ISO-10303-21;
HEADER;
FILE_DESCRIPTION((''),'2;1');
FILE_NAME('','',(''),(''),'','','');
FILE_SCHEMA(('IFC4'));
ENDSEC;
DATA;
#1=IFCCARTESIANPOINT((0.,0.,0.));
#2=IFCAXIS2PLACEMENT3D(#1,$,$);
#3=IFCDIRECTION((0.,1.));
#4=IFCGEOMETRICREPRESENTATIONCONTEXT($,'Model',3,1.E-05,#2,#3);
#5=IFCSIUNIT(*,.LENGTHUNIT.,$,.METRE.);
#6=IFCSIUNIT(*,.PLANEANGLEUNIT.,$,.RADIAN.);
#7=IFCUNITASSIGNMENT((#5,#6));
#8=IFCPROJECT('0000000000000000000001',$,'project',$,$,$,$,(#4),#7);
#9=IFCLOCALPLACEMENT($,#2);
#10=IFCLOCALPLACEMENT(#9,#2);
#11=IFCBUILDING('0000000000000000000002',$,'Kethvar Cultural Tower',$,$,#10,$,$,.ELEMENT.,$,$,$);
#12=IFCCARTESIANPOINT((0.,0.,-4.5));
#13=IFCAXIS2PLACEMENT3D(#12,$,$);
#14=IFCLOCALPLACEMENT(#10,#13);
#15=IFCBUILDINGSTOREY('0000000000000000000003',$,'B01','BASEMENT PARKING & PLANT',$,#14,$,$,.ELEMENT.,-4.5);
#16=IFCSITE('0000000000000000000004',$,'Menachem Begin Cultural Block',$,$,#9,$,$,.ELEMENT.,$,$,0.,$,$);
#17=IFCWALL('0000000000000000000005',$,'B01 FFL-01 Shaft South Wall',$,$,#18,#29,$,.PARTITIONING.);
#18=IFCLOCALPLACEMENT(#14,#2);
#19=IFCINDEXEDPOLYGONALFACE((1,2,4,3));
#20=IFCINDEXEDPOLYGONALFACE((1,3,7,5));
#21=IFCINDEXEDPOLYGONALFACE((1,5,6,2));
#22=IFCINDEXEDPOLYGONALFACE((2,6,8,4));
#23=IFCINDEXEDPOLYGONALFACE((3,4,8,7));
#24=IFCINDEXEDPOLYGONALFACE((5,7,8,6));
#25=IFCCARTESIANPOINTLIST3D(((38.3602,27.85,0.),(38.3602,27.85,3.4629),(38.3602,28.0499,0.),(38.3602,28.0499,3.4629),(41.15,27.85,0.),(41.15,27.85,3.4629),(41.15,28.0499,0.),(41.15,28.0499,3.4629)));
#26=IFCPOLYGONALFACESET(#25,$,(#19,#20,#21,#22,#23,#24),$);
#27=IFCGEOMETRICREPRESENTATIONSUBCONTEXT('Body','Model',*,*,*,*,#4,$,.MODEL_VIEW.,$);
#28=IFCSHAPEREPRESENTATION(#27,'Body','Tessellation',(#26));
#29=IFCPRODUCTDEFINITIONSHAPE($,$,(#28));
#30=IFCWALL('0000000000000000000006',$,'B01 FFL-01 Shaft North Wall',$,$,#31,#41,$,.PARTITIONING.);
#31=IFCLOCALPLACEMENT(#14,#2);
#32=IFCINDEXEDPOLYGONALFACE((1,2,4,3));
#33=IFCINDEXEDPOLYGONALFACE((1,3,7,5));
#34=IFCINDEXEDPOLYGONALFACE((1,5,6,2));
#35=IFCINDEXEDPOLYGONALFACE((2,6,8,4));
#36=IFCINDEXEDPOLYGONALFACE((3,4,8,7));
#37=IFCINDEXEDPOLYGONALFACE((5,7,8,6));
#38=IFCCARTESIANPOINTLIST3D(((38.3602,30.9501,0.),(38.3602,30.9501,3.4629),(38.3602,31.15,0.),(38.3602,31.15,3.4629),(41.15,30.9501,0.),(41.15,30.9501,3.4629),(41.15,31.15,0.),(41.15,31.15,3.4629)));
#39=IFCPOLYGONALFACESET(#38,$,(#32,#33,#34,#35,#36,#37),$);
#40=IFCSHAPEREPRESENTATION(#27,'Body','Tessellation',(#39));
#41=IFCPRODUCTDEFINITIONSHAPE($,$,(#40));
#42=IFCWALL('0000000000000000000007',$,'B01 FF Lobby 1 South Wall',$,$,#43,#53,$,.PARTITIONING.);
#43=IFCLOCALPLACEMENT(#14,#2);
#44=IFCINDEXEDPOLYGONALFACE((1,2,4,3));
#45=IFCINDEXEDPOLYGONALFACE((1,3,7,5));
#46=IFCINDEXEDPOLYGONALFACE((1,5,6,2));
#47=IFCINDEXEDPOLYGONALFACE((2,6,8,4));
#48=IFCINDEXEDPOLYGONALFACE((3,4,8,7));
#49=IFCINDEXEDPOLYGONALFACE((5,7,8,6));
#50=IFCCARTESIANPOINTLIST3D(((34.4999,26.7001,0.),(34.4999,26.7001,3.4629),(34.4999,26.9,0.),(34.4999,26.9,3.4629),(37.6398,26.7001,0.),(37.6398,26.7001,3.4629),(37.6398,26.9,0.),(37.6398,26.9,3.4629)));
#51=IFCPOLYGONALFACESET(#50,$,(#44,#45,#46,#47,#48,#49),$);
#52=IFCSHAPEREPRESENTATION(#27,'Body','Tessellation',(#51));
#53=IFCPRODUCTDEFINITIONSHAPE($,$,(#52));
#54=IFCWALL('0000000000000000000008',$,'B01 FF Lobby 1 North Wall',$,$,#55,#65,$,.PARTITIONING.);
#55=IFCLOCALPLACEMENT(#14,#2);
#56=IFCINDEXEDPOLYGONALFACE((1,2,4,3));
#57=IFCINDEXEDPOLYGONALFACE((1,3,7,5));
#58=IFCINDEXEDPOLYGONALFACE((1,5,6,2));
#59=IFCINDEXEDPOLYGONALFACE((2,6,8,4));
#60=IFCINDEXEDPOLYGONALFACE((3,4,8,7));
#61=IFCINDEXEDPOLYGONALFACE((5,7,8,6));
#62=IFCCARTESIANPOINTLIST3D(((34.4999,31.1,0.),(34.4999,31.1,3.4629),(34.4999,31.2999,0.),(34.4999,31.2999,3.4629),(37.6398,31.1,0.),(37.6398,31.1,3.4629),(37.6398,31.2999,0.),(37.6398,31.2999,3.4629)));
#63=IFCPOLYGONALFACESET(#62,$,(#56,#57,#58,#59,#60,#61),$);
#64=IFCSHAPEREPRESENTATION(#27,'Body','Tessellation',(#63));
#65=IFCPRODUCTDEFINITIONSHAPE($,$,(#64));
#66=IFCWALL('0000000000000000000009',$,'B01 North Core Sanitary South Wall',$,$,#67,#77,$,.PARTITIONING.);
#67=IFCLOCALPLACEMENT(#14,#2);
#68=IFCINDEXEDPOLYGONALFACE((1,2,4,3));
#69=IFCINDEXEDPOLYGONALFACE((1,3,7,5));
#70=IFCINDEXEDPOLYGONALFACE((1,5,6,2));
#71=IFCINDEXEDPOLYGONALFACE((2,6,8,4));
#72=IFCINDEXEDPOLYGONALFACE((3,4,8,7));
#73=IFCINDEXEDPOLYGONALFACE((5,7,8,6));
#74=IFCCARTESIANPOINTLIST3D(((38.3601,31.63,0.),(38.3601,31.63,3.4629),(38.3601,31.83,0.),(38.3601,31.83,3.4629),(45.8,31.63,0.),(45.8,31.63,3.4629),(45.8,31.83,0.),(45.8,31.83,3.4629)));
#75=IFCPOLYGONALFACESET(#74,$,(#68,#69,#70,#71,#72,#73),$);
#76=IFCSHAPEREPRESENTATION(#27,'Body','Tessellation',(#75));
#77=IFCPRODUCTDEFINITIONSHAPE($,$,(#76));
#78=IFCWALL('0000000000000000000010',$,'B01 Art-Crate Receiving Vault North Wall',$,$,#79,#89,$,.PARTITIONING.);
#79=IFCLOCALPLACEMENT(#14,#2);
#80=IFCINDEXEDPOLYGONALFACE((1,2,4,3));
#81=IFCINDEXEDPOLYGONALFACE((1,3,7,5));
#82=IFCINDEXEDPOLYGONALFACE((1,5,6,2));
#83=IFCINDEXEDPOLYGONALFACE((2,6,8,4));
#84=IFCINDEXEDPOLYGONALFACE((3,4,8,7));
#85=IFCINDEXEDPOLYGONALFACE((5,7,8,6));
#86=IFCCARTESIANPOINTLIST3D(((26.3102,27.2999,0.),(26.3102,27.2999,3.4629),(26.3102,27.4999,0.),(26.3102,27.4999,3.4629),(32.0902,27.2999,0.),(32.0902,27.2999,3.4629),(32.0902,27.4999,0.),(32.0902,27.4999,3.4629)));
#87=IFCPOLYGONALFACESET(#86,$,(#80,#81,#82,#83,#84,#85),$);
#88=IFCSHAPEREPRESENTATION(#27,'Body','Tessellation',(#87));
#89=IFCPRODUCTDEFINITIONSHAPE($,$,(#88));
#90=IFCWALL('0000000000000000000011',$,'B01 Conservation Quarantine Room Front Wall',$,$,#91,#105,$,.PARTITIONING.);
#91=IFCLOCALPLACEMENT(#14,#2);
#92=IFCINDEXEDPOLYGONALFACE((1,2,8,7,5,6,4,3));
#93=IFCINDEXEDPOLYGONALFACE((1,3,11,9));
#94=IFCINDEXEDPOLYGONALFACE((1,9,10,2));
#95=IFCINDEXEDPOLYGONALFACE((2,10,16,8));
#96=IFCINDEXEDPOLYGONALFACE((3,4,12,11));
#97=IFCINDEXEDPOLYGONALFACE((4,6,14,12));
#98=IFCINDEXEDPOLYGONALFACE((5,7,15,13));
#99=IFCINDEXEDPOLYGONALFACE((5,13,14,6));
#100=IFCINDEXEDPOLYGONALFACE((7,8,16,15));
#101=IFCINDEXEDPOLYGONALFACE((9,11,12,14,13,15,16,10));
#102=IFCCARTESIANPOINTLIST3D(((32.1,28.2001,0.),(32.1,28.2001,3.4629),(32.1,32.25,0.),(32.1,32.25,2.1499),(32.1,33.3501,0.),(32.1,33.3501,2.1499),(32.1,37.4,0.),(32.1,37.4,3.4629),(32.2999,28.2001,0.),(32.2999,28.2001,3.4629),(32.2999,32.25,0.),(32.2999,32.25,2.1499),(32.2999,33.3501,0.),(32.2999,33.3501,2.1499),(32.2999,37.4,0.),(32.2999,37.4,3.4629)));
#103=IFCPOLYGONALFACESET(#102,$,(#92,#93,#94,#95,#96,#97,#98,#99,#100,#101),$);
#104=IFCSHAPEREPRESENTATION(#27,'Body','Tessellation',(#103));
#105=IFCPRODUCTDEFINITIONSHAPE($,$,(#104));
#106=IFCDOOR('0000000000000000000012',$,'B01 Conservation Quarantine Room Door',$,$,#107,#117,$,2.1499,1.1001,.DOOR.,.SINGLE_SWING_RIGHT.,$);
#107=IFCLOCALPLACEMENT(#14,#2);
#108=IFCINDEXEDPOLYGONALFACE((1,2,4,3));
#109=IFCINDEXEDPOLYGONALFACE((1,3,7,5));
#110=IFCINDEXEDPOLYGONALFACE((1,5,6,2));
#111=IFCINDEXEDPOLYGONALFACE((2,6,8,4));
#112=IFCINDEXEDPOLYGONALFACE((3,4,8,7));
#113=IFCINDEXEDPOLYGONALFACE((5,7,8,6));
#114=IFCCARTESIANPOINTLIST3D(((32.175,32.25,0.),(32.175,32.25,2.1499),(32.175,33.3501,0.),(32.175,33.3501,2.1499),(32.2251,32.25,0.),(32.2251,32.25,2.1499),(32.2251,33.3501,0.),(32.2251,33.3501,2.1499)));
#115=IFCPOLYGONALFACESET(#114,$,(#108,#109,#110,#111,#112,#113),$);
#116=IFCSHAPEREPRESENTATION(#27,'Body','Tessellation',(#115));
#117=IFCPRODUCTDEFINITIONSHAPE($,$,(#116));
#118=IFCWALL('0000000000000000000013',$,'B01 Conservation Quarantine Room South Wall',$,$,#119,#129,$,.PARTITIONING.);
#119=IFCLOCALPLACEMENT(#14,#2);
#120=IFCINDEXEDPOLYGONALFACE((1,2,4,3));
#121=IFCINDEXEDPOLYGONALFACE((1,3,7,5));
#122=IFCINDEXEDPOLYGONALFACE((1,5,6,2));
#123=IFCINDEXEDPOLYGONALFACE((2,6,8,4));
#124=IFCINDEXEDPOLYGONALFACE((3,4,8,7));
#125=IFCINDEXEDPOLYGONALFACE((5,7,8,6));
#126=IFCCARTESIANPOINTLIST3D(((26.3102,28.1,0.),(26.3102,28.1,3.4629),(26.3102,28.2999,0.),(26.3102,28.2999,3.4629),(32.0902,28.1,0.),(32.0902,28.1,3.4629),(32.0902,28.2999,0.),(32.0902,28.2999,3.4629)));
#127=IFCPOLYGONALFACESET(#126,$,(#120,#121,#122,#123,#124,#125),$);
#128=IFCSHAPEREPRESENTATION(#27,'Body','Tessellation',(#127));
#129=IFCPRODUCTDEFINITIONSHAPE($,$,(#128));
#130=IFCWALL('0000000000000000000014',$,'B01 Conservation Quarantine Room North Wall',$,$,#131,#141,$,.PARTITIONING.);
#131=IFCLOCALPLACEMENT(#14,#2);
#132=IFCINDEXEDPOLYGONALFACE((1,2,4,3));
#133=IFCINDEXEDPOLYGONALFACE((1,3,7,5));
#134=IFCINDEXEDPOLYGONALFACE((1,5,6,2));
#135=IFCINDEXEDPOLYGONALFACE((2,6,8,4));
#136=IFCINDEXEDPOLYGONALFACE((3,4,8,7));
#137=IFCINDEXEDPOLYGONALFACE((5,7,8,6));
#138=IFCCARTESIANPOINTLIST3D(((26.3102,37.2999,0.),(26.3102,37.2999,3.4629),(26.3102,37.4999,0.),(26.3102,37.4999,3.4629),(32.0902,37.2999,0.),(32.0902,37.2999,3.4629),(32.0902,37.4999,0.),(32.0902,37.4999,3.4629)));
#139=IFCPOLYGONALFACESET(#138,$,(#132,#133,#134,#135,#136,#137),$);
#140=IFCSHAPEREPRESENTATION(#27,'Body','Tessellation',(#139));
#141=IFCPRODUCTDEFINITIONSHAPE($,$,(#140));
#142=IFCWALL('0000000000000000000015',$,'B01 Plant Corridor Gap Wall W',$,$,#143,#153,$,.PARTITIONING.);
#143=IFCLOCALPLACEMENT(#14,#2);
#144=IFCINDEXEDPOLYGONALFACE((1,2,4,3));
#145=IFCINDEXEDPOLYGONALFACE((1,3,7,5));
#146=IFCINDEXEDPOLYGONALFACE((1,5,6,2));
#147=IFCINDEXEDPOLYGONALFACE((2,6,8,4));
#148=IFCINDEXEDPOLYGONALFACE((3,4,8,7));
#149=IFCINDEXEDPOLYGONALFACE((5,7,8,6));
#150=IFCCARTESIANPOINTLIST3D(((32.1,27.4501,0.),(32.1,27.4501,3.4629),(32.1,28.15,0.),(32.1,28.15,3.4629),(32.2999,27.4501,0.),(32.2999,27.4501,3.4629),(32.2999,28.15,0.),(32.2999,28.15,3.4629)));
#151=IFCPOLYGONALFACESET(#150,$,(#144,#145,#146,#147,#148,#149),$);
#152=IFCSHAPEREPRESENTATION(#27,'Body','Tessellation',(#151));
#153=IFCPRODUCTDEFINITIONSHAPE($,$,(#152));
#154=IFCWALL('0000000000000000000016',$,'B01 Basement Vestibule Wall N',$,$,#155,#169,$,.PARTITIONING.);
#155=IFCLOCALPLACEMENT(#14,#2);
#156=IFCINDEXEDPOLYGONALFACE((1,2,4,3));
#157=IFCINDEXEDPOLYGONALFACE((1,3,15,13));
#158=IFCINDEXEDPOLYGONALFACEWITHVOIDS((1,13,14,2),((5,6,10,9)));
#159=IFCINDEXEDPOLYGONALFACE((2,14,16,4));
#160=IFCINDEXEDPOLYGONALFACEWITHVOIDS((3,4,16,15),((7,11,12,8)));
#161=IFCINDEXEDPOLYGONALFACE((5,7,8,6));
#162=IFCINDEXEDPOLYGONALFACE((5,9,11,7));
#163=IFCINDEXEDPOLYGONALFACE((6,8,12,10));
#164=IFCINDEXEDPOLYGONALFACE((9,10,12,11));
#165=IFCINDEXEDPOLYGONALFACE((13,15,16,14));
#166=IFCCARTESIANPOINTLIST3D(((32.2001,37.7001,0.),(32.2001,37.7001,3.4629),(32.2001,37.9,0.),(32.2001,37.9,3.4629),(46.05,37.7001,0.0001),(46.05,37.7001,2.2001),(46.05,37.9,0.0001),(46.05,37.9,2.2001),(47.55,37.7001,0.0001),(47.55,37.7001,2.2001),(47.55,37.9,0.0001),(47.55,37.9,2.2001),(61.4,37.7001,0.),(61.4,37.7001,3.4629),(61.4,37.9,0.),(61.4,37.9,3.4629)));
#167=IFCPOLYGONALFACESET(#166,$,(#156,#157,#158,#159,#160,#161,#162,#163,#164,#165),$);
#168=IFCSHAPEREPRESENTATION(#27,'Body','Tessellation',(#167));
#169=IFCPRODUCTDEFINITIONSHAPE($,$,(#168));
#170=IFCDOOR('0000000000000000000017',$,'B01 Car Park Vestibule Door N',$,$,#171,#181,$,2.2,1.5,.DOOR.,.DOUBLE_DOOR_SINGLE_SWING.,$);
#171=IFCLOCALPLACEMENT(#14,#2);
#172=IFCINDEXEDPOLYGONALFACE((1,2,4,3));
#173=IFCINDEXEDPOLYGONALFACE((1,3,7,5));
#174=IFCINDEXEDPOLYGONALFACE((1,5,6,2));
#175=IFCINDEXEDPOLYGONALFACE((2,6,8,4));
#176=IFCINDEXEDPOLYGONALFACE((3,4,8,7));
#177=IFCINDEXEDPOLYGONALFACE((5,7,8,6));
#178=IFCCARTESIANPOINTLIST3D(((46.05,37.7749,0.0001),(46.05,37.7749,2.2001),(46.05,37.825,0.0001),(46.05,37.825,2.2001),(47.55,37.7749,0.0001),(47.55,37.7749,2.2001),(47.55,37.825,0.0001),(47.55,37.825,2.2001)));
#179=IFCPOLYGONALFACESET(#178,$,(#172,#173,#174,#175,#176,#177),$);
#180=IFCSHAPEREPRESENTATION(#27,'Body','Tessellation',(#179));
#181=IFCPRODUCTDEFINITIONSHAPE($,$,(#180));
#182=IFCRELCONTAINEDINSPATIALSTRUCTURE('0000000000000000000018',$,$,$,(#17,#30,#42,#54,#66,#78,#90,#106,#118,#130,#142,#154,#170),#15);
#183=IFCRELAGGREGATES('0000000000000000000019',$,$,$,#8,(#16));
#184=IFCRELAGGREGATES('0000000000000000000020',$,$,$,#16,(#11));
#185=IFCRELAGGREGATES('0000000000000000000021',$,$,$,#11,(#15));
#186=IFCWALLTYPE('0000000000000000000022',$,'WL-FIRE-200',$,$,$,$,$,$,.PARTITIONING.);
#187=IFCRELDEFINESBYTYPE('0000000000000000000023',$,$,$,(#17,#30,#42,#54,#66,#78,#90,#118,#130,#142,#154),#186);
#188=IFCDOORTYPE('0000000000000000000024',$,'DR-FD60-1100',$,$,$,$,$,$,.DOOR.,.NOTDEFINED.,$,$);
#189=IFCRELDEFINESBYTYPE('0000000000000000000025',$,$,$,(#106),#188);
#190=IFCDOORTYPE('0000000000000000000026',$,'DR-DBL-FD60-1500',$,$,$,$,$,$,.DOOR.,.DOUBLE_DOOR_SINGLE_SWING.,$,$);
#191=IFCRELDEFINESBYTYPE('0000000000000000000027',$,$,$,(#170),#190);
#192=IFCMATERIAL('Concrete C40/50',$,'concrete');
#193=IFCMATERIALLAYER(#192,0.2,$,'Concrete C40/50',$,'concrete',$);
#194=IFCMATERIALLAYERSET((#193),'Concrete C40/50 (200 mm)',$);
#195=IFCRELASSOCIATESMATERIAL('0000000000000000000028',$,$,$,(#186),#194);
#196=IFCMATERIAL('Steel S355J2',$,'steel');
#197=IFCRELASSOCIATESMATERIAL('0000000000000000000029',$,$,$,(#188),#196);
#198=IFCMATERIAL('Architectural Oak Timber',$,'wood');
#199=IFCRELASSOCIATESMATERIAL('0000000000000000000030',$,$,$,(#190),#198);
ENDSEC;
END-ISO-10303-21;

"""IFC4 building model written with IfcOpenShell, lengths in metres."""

from ifc_helpers import new_model, si_unit, direction, frame, frame_2d, origin, place, context, subcontext, project, spatial, rectangle, extrude, source, transform, mapped, material, layer, layer_set, type_object, element, fill, save


model = new_model("IFC4")

# Units and contexts
model_context = context("Model", 3, precision=1e-05, world=origin(), true_north=direction((0.0, 1.0)))
body_context = subcontext(model_context, "Body", "Model", "MODEL_VIEW")
ifc_project = project(units=[si_unit("LENGTHUNIT", "METRE"), si_unit("PLANEANGLEUNIT", "RADIAN")], contexts=[model_context])

# Site, building, storey
site_placement = place(None, origin())
site = spatial("IfcSite", under=ifc_project, at=site_placement, Name="Menachem Begin Cultural Block", CompositionType="ELEMENT", RefElevation=0.0)
building_placement = place(site_placement, origin())
building = spatial("IfcBuilding", under=site, at=building_placement, Name="Kethvar Cultural Tower", CompositionType="ELEMENT")
storey_placement = place(building_placement, frame((0.0, 0.0, -4.5)))
storey = spatial("IfcBuildingStorey", under=building, at=storey_placement, Name="B01", Description="BASEMENT PARKING & PLANT", CompositionType="ELEMENT", Elevation=-4.5)

# Shared definitions
ifc_material_1 = material(Name="Steel S355J2", Category="steel")

# Walls
ifc_material_2 = material(Name="Concrete C40/50", Category="concrete")
ifc_layer_1 = layer(ifc_material_2, 0.2, Name="Concrete C40/50", Category="concrete")
ifc_layer_set_1 = layer_set([ifc_layer_1], Name="Concrete C40/50 (200 mm)")
wall_type_1 = type_object("IfcWallType", Name="WL-FIRE-200", PredefinedType="PARTITIONING", material=ifc_layer_set_1)
for number, where, z_axis, x_axis, name in (
    (1, (38.3601, 27.95, 0.0), (0.0, 0.0, 1.0), (1.0, 0.0, 0.0), "B01 FFL-01 Shaft South Wall"),
    (2, (38.3601, 31.05, 0.0), (0.0, 0.0, 1.0), (1.0, 0.0, 0.0), "B01 FFL-01 Shaft North Wall"),
):
    element("IfcWall", number, at=place(storey_placement, frame(where, z_axis=z_axis, x_axis=x_axis)), inside=storey, type_object=wall_type_1, Name=name, PredefinedType="PARTITIONING", context=body_context, shape_type="SweptSolid", body=[
        extrude(rectangle(XDim=2.7898, YDim=0.2, at=frame_2d((1.395, 0.0))), origin(), (0.0, 0.0, 1.0), 3.4629),
    ])

# Walls
for number, where, z_axis, x_axis, name in (
    (3, (34.5, 26.8, 0.0), (0.0, 0.0, 1.0), (1.0, 0.0, 0.0), "B01 FF Lobby 1 South Wall"),
    (4, (34.5, 31.2, 0.0), (0.0, 0.0, 1.0), (1.0, 0.0, 0.0), "B01 FF Lobby 1 North Wall"),
):
    element("IfcWall", number, at=place(storey_placement, frame(where, z_axis=z_axis, x_axis=x_axis)), inside=storey, type_object=wall_type_1, Name=name, PredefinedType="PARTITIONING", context=body_context, shape_type="SweptSolid", body=[
        extrude(rectangle(XDim=3.1399, YDim=0.2, at=frame_2d((1.5698, 0.0))), origin(), (0.0, 0.0, 1.0), 3.4629),
    ])
wall_1_placement = place(storey_placement, frame((38.3601, 31.73, 0.0), z_axis=(0.0, 0.0, 1.0), x_axis=(1.0, 0.0, 0.0)))
element("IfcWall", 5, at=wall_1_placement, inside=storey, type_object=wall_type_1, Name="B01 North Core Sanitary South Wall", PredefinedType="PARTITIONING", context=body_context, shape_type="SweptSolid", body=[
    extrude(rectangle(XDim=7.4399, YDim=0.2, at=frame_2d((3.72, 0.0))), origin(), (0.0, 0.0, 1.0), 3.4629),
])
wall_2_placement = place(storey_placement, frame((26.3101, 27.3999, 0.0), z_axis=(0.0, 0.0, 1.0), x_axis=(1.0, 0.0, 0.0)))
element("IfcWall", 6, at=wall_2_placement, inside=storey, type_object=wall_type_1, Name="B01 Art-Crate Receiving Vault North Wall", PredefinedType="PARTITIONING", context=body_context, shape_type="SweptSolid", body=[
    extrude(rectangle(XDim=5.78, YDim=0.2, at=frame_2d((2.8901, 0.0))), origin(), (0.0, 0.0, 1.0), 3.4629),
])

# Wall, opening, door
wall_3_placement = place(storey_placement, frame((32.2, 28.2, 0.0), z_axis=(0.0, 0.0, 1.0), x_axis=(0.0, 1.0, 0.0)))
wall_3 = element("IfcWall", 7, at=wall_3_placement, inside=storey, type_object=wall_type_1, Name="B01 Conservation Quarantine Room Front Wall", PredefinedType="PARTITIONING", context=body_context, shape_type="SweptSolid", body=[
    extrude(rectangle(XDim=9.2, YDim=0.2, at=frame_2d((4.6001, 0.0))), origin(), (0.0, 0.0, 1.0), 3.4629),
])
opening_1_placement = place(wall_3_placement, frame((4.05, 0.0, 0.0)))
opening_1 = element("IfcOpeningElement", 8, at=opening_1_placement, cuts=wall_3, PredefinedType="OPENING", context=body_context, shape_type="SweptSolid", body=[
    extrude(rectangle(XDim=1.1001, YDim=2.1499, at=frame_2d((0.55, 1.075))), frame((0.0, 0.1099, 0.0), z_axis=(0.0, -1.0, 0.0), x_axis=(1.0, 0.0, 0.0)), (0.0, 0.0, 1.0), 0.22),
])
door_type_1 = type_object("IfcDoorType", Name="DR-FD60-1100", OperationType="NOTDEFINED", PredefinedType="DOOR", material=ifc_material_1)
shared_shape_1 = source(origin(), body_context, "Body", "SweptSolid", [
    extrude(rectangle(XDim=1.1001, YDim=2.1499, at=frame_2d((0.55, 1.075))), frame((0.0, 0.0249, 0.0), z_axis=(0.0, -1.0, 0.0), x_axis=(1.0, 0.0, 0.0)), (0.0, 0.0, 1.0), 0.05),
])
door_1_placement = place(opening_1_placement, origin())
door_1 = element("IfcDoor", 9, at=door_1_placement, inside=storey, type_object=door_type_1, Name="B01 Conservation Quarantine Room Door", OperationType="SINGLE_SWING_RIGHT", OverallHeight=2.1499, OverallWidth=1.1001, PredefinedType="DOOR", context=body_context, shape_type="MappedRepresentation", body=[
    mapped(shared_shape_1, transform((0.0, 0.0, 0.0), scale=1.0)),
])
fill(opening_1, door_1)

# Walls
for number, where, z_axis, x_axis, name in (
    (10, (26.3101, 28.2, 0.0), (0.0, 0.0, 1.0), (1.0, 0.0, 0.0), "B01 Conservation Quarantine Room South Wall"),
    (11, (26.3101, 37.3999, 0.0), (0.0, 0.0, 1.0), (1.0, 0.0, 0.0), "B01 Conservation Quarantine Room North Wall"),
):
    element("IfcWall", number, at=place(storey_placement, frame(where, z_axis=z_axis, x_axis=x_axis)), inside=storey, type_object=wall_type_1, Name=name, PredefinedType="PARTITIONING", context=body_context, shape_type="SweptSolid", body=[
        extrude(rectangle(XDim=5.78, YDim=0.2, at=frame_2d((2.8901, 0.0))), origin(), (0.0, 0.0, 1.0), 3.4629),
    ])
wall_4_placement = place(storey_placement, frame((32.2, 27.45, 0.0), z_axis=(0.0, 0.0, 1.0), x_axis=(0.0, 1.0, 0.0)))
element("IfcWall", 12, at=wall_4_placement, inside=storey, type_object=wall_type_1, Name="B01 Plant Corridor Gap Wall W", PredefinedType="PARTITIONING", context=body_context, shape_type="SweptSolid", body=[
    extrude(rectangle(XDim=0.7, YDim=0.2, at=frame_2d((0.3501, 0.0))), origin(), (0.0, 0.0, 1.0), 3.4629),
])

# Wall, opening, door
wall_5_placement = place(storey_placement, frame((32.2, 37.8, 0.0), z_axis=(0.0, 0.0, 1.0), x_axis=(1.0, 0.0, 0.0)))
wall_5 = element("IfcWall", 13, at=wall_5_placement, inside=storey, type_object=wall_type_1, Name="B01 Basement Vestibule Wall N", PredefinedType="PARTITIONING", context=body_context, shape_type="SweptSolid", body=[
    extrude(rectangle(XDim=29.2, YDim=0.2, at=frame_2d((14.6001, 0.0))), origin(), (0.0, 0.0, 1.0), 3.4629),
])
opening_2_placement = place(wall_5_placement, frame((13.8501, 0.0, 0.0)))
opening_2 = element("IfcOpeningElement", 14, at=opening_2_placement, cuts=wall_5, PredefinedType="OPENING", context=body_context, shape_type="SweptSolid", body=[
    extrude(rectangle(XDim=1.5, YDim=2.2, at=frame_2d((0.75, 1.1001))), frame((0.0, 0.1099, 0.0), z_axis=(0.0, -1.0, 0.0), x_axis=(1.0, 0.0, 0.0)), (0.0, 0.0, 1.0), 0.22),
])
ifc_material_3 = material(Name="Architectural Oak Timber", Category="wood")
door_type_2 = type_object("IfcDoorType", Name="DR-DBL-FD60-1500", OperationType="DOUBLE_DOOR_SINGLE_SWING", PredefinedType="DOOR", material=ifc_material_3)
shared_shape_2 = source(origin(), body_context, "Body", "SweptSolid", [
    extrude(rectangle(XDim=1.5, YDim=2.2, at=frame_2d((0.75, 1.1001))), frame((0.0, 0.0249, 0.0), z_axis=(0.0, -1.0, 0.0), x_axis=(1.0, 0.0, 0.0)), (0.0, 0.0, 1.0), 0.05),
])
door_2_placement = place(opening_2_placement, origin())
door_2 = element("IfcDoor", 15, at=door_2_placement, inside=storey, type_object=door_type_2, Name="B01 Car Park Vestibule Door N", OperationType="DOUBLE_DOOR_SINGLE_SWING", OverallHeight=2.2, OverallWidth=1.5, PredefinedType="DOOR", context=body_context, shape_type="MappedRepresentation", body=[
    mapped(shared_shape_2, transform((0.0, 0.0, 0.0), scale=1.0)),
])
fill(opening_2, door_2)

save(model, "model.ifc")
